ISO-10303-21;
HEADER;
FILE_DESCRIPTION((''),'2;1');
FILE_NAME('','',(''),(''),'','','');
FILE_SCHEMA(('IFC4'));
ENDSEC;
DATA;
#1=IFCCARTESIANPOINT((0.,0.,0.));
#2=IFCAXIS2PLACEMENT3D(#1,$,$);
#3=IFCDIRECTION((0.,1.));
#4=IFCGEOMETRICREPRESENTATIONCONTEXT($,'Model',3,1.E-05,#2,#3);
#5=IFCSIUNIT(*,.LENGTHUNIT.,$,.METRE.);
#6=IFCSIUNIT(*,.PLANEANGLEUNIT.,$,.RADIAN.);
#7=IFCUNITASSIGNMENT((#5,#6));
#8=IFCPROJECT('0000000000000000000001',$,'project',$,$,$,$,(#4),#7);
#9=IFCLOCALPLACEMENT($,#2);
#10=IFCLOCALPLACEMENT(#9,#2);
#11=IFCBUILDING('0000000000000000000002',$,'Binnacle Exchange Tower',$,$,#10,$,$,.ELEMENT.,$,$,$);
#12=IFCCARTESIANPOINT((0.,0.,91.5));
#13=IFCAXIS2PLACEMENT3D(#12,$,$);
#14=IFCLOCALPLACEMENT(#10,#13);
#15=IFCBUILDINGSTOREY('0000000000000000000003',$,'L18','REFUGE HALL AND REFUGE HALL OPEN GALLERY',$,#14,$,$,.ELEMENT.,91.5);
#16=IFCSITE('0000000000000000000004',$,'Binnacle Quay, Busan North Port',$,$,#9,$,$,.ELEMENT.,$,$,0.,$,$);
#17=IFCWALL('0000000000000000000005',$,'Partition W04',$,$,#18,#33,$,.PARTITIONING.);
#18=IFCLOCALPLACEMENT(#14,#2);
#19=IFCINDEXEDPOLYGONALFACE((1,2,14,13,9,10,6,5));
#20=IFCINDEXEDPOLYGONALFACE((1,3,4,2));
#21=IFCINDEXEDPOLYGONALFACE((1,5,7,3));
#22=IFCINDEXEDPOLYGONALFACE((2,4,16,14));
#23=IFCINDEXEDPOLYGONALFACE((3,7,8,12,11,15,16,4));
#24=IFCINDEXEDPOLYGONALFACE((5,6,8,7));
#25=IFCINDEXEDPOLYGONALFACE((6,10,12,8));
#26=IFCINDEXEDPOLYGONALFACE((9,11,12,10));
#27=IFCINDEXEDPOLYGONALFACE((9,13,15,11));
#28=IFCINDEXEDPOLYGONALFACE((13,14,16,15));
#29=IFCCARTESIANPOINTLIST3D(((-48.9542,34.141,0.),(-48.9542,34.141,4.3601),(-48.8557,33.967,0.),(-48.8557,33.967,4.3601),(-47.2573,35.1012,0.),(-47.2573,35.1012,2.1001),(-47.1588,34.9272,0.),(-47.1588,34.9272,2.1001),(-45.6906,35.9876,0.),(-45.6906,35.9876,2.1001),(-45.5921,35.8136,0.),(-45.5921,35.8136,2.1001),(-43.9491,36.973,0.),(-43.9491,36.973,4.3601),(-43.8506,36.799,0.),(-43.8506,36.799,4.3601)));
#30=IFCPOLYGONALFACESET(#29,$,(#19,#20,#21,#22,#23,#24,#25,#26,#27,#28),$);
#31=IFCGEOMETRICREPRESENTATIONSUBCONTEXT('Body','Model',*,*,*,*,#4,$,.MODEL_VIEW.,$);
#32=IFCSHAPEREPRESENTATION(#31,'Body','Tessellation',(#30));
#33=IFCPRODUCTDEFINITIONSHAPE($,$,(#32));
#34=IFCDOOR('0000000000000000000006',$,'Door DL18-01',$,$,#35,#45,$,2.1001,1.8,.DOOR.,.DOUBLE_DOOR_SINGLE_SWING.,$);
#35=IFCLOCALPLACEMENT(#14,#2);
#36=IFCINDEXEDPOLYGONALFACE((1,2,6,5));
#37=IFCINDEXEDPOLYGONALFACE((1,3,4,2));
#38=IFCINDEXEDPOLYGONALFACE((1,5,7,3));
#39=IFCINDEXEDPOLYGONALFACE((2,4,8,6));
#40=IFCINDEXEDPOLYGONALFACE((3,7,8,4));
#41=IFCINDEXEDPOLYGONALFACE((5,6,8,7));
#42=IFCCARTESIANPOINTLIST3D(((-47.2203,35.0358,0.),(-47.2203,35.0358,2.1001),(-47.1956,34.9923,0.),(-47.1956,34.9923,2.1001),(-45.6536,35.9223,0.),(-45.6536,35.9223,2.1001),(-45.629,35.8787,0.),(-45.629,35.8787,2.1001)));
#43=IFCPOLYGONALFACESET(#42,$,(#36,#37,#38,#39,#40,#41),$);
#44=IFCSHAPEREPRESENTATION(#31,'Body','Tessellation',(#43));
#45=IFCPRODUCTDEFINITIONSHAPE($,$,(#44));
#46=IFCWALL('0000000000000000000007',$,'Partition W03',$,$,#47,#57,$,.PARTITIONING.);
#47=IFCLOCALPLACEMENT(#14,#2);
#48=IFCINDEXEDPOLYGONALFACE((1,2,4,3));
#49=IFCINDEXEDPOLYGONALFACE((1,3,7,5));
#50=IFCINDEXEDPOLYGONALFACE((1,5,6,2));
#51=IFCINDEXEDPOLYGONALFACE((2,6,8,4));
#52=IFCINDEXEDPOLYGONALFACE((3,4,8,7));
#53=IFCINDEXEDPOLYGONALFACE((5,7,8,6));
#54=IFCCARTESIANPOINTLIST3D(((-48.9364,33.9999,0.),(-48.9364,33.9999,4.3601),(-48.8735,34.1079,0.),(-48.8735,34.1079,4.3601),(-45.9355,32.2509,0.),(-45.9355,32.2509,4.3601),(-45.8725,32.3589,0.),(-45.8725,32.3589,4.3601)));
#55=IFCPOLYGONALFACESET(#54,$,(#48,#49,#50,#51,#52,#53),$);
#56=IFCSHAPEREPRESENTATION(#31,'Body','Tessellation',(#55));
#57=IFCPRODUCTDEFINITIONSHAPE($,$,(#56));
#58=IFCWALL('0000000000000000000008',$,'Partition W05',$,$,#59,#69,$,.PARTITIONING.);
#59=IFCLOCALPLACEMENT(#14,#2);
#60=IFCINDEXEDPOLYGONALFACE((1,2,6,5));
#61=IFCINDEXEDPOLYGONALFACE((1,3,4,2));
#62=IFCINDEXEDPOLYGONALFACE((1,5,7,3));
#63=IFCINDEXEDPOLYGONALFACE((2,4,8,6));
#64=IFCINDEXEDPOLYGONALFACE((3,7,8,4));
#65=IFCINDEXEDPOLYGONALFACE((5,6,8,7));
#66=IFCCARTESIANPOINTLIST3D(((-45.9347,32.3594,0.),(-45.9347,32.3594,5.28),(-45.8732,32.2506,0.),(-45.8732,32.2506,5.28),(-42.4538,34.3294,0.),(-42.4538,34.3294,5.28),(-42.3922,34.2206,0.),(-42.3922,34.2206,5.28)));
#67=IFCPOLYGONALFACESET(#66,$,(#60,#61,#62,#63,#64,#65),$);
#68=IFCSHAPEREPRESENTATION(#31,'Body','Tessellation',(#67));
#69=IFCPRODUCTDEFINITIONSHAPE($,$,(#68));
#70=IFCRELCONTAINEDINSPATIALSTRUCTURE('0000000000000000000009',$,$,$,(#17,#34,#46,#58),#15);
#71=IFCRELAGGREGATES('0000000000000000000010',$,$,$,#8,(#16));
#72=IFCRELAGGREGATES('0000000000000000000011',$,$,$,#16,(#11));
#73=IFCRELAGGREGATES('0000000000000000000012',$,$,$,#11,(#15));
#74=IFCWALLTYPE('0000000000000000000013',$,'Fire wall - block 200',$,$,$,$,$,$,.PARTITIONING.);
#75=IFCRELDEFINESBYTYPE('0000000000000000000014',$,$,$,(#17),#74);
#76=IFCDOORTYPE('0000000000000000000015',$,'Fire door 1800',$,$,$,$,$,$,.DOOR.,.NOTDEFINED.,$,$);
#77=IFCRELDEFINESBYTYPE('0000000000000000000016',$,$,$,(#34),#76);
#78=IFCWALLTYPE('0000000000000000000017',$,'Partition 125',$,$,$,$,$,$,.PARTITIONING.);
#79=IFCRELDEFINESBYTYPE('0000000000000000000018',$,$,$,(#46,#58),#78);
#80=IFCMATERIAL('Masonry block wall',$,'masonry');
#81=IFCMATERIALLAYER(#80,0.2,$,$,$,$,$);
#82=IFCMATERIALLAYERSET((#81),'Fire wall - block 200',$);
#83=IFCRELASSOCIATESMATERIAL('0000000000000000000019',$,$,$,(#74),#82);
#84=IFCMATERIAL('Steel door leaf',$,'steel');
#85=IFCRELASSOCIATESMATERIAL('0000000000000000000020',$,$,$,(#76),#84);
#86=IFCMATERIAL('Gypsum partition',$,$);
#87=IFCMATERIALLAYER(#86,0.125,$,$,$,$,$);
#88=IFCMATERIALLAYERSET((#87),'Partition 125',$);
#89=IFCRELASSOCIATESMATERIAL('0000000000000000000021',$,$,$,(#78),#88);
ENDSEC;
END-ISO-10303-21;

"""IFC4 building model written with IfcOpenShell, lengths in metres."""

from ifc_helpers import new_model, si_unit, direction, frame, frame_2d, origin, place, context, subcontext, project, spatial, rectangle, extrude, material, layer, layer_set, type_object, element, fill, save


model = new_model("IFC4")

# Units and contexts
model_context = context("Model", 3, precision=1e-05, world=origin(), true_north=direction((0.0, 1.0)))
body_context = subcontext(model_context, "Body", "Model", "MODEL_VIEW")
ifc_project = project(units=[si_unit("LENGTHUNIT", "METRE"), si_unit("PLANEANGLEUNIT", "RADIAN")], contexts=[model_context])

# Site, building, storey
site_placement = place(None, origin())
site = spatial("IfcSite", under=ifc_project, at=site_placement, Name="Binnacle Quay, Busan North Port", CompositionType="ELEMENT", RefElevation=0.0)
building_placement = place(site_placement, origin())
building = spatial("IfcBuilding", under=site, at=building_placement, Name="Binnacle Exchange Tower", CompositionType="ELEMENT")
storey_placement = place(building_placement, frame((0.0, 0.0, 91.5)))
storey = spatial("IfcBuildingStorey", under=building, at=storey_placement, Name="L18", Description="REFUGE HALL AND REFUGE HALL OPEN GALLERY", CompositionType="ELEMENT", Elevation=91.5)

# Shared definitions
ifc_material_1 = material(Name="Steel door leaf", Category="steel")

# Shared definitions
ifc_material_2 = material(Name="Masonry block wall", Category="masonry")
ifc_layer_1 = layer(ifc_material_2, 0.2)
ifc_layer_set_1 = layer_set([ifc_layer_1], Name="Fire wall - block 200")
wall_type_1 = type_object("IfcWallType", Name="Fire wall - block 200", PredefinedType="PARTITIONING", material=ifc_layer_set_1)

# Wall, opening, door
wall_1_placement = place(storey_placement, frame((-48.905, 34.054, 0.0), z_axis=(0.0, 0.0, 1.0), x_axis=(0.870336, 0.492459, 0.0)))
wall_1 = element("IfcWall", 1, at=wall_1_placement, inside=storey, type_object=wall_type_1, Name="Partition W04", PredefinedType="PARTITIONING", context=body_context, shape_type="SweptSolid", body=[
    extrude(rectangle(XDim=5.7507, YDim=0.2, at=frame_2d((2.8755, 0.0))), origin(), (0.0, 0.0, 1.0), 4.3601),
])
opening_1_placement = place(wall_1_placement, frame((1.95, 0.0, 0.0)))
opening_1 = element("IfcOpeningElement", 2, at=opening_1_placement, cuts=wall_1, PredefinedType="OPENING", context=body_context, shape_type="SweptSolid", body=[
    extrude(rectangle(XDim=1.8, YDim=2.1001, at=frame_2d((0.8999, 1.05))), frame((0.0, 0.1099, 0.0), z_axis=(0.0, -1.0, 0.0), x_axis=(1.0, 0.0, 0.0)), (0.0, 0.0, 1.0), 0.22),
])
door_type_1 = type_object("IfcDoorType", Name="Fire door 1800", OperationType="NOTDEFINED", PredefinedType="DOOR", material=ifc_material_1)
door_1_placement = place(opening_1_placement, origin())
door_1 = element("IfcDoor", 3, at=door_1_placement, inside=storey, type_object=door_type_1, Name="Door DL18-01", OperationType="DOUBLE_DOOR_SINGLE_SWING", OverallHeight=2.1001, OverallWidth=1.8, PredefinedType="DOOR", context=body_context, shape_type="SweptSolid", body=[
    extrude(rectangle(XDim=1.8, YDim=2.1001, at=frame_2d((0.8999, 1.05))), frame((0.0, 0.0249, 0.0), z_axis=(0.0, -1.0, 0.0), x_axis=(1.0, 0.0, 0.0)), (0.0, 0.0, 1.0), 0.05),
])
fill(opening_1, door_1)

# Walls
ifc_material_3 = material(Name="Gypsum partition")
ifc_layer_2 = layer(ifc_material_3, 0.125)
ifc_layer_set_2 = layer_set([ifc_layer_2], Name="Partition 125")
wall_type_2 = type_object("IfcWallType", Name="Partition 125", PredefinedType="PARTITIONING", material=ifc_layer_set_2)
wall_2_placement = place(storey_placement, frame((-48.905, 34.054, 0.0), z_axis=(0.0, 0.0, 1.0), x_axis=(0.863973, -0.503539, 0.0)))
element("IfcWall", 4, at=wall_2_placement, inside=storey, type_object=wall_type_2, Name="Partition W03", PredefinedType="PARTITIONING", context=body_context, shape_type="SweptSolid", body=[
    extrude(rectangle(XDim=3.4734, YDim=0.125, at=frame_2d((1.7368, 0.0))), origin(), (0.0, 0.0, 1.0), 4.3601),
])
wall_3_placement = place(storey_placement, frame((-45.9041, 32.3049, 0.0), z_axis=(0.0, 0.0, 1.0), x_axis=(0.870298, 0.492526, 0.0)))
element("IfcWall", 5, at=wall_3_placement, inside=storey, type_object=wall_type_2, Name="Partition W05", PredefinedType="PARTITIONING", context=body_context, shape_type="SweptSolid", body=[
    extrude(rectangle(XDim=3.9998, YDim=0.125, at=frame_2d((2.0, 0.0))), origin(), (0.0, 0.0, 1.0), 5.28),
])

save(model, "model.ifc")
